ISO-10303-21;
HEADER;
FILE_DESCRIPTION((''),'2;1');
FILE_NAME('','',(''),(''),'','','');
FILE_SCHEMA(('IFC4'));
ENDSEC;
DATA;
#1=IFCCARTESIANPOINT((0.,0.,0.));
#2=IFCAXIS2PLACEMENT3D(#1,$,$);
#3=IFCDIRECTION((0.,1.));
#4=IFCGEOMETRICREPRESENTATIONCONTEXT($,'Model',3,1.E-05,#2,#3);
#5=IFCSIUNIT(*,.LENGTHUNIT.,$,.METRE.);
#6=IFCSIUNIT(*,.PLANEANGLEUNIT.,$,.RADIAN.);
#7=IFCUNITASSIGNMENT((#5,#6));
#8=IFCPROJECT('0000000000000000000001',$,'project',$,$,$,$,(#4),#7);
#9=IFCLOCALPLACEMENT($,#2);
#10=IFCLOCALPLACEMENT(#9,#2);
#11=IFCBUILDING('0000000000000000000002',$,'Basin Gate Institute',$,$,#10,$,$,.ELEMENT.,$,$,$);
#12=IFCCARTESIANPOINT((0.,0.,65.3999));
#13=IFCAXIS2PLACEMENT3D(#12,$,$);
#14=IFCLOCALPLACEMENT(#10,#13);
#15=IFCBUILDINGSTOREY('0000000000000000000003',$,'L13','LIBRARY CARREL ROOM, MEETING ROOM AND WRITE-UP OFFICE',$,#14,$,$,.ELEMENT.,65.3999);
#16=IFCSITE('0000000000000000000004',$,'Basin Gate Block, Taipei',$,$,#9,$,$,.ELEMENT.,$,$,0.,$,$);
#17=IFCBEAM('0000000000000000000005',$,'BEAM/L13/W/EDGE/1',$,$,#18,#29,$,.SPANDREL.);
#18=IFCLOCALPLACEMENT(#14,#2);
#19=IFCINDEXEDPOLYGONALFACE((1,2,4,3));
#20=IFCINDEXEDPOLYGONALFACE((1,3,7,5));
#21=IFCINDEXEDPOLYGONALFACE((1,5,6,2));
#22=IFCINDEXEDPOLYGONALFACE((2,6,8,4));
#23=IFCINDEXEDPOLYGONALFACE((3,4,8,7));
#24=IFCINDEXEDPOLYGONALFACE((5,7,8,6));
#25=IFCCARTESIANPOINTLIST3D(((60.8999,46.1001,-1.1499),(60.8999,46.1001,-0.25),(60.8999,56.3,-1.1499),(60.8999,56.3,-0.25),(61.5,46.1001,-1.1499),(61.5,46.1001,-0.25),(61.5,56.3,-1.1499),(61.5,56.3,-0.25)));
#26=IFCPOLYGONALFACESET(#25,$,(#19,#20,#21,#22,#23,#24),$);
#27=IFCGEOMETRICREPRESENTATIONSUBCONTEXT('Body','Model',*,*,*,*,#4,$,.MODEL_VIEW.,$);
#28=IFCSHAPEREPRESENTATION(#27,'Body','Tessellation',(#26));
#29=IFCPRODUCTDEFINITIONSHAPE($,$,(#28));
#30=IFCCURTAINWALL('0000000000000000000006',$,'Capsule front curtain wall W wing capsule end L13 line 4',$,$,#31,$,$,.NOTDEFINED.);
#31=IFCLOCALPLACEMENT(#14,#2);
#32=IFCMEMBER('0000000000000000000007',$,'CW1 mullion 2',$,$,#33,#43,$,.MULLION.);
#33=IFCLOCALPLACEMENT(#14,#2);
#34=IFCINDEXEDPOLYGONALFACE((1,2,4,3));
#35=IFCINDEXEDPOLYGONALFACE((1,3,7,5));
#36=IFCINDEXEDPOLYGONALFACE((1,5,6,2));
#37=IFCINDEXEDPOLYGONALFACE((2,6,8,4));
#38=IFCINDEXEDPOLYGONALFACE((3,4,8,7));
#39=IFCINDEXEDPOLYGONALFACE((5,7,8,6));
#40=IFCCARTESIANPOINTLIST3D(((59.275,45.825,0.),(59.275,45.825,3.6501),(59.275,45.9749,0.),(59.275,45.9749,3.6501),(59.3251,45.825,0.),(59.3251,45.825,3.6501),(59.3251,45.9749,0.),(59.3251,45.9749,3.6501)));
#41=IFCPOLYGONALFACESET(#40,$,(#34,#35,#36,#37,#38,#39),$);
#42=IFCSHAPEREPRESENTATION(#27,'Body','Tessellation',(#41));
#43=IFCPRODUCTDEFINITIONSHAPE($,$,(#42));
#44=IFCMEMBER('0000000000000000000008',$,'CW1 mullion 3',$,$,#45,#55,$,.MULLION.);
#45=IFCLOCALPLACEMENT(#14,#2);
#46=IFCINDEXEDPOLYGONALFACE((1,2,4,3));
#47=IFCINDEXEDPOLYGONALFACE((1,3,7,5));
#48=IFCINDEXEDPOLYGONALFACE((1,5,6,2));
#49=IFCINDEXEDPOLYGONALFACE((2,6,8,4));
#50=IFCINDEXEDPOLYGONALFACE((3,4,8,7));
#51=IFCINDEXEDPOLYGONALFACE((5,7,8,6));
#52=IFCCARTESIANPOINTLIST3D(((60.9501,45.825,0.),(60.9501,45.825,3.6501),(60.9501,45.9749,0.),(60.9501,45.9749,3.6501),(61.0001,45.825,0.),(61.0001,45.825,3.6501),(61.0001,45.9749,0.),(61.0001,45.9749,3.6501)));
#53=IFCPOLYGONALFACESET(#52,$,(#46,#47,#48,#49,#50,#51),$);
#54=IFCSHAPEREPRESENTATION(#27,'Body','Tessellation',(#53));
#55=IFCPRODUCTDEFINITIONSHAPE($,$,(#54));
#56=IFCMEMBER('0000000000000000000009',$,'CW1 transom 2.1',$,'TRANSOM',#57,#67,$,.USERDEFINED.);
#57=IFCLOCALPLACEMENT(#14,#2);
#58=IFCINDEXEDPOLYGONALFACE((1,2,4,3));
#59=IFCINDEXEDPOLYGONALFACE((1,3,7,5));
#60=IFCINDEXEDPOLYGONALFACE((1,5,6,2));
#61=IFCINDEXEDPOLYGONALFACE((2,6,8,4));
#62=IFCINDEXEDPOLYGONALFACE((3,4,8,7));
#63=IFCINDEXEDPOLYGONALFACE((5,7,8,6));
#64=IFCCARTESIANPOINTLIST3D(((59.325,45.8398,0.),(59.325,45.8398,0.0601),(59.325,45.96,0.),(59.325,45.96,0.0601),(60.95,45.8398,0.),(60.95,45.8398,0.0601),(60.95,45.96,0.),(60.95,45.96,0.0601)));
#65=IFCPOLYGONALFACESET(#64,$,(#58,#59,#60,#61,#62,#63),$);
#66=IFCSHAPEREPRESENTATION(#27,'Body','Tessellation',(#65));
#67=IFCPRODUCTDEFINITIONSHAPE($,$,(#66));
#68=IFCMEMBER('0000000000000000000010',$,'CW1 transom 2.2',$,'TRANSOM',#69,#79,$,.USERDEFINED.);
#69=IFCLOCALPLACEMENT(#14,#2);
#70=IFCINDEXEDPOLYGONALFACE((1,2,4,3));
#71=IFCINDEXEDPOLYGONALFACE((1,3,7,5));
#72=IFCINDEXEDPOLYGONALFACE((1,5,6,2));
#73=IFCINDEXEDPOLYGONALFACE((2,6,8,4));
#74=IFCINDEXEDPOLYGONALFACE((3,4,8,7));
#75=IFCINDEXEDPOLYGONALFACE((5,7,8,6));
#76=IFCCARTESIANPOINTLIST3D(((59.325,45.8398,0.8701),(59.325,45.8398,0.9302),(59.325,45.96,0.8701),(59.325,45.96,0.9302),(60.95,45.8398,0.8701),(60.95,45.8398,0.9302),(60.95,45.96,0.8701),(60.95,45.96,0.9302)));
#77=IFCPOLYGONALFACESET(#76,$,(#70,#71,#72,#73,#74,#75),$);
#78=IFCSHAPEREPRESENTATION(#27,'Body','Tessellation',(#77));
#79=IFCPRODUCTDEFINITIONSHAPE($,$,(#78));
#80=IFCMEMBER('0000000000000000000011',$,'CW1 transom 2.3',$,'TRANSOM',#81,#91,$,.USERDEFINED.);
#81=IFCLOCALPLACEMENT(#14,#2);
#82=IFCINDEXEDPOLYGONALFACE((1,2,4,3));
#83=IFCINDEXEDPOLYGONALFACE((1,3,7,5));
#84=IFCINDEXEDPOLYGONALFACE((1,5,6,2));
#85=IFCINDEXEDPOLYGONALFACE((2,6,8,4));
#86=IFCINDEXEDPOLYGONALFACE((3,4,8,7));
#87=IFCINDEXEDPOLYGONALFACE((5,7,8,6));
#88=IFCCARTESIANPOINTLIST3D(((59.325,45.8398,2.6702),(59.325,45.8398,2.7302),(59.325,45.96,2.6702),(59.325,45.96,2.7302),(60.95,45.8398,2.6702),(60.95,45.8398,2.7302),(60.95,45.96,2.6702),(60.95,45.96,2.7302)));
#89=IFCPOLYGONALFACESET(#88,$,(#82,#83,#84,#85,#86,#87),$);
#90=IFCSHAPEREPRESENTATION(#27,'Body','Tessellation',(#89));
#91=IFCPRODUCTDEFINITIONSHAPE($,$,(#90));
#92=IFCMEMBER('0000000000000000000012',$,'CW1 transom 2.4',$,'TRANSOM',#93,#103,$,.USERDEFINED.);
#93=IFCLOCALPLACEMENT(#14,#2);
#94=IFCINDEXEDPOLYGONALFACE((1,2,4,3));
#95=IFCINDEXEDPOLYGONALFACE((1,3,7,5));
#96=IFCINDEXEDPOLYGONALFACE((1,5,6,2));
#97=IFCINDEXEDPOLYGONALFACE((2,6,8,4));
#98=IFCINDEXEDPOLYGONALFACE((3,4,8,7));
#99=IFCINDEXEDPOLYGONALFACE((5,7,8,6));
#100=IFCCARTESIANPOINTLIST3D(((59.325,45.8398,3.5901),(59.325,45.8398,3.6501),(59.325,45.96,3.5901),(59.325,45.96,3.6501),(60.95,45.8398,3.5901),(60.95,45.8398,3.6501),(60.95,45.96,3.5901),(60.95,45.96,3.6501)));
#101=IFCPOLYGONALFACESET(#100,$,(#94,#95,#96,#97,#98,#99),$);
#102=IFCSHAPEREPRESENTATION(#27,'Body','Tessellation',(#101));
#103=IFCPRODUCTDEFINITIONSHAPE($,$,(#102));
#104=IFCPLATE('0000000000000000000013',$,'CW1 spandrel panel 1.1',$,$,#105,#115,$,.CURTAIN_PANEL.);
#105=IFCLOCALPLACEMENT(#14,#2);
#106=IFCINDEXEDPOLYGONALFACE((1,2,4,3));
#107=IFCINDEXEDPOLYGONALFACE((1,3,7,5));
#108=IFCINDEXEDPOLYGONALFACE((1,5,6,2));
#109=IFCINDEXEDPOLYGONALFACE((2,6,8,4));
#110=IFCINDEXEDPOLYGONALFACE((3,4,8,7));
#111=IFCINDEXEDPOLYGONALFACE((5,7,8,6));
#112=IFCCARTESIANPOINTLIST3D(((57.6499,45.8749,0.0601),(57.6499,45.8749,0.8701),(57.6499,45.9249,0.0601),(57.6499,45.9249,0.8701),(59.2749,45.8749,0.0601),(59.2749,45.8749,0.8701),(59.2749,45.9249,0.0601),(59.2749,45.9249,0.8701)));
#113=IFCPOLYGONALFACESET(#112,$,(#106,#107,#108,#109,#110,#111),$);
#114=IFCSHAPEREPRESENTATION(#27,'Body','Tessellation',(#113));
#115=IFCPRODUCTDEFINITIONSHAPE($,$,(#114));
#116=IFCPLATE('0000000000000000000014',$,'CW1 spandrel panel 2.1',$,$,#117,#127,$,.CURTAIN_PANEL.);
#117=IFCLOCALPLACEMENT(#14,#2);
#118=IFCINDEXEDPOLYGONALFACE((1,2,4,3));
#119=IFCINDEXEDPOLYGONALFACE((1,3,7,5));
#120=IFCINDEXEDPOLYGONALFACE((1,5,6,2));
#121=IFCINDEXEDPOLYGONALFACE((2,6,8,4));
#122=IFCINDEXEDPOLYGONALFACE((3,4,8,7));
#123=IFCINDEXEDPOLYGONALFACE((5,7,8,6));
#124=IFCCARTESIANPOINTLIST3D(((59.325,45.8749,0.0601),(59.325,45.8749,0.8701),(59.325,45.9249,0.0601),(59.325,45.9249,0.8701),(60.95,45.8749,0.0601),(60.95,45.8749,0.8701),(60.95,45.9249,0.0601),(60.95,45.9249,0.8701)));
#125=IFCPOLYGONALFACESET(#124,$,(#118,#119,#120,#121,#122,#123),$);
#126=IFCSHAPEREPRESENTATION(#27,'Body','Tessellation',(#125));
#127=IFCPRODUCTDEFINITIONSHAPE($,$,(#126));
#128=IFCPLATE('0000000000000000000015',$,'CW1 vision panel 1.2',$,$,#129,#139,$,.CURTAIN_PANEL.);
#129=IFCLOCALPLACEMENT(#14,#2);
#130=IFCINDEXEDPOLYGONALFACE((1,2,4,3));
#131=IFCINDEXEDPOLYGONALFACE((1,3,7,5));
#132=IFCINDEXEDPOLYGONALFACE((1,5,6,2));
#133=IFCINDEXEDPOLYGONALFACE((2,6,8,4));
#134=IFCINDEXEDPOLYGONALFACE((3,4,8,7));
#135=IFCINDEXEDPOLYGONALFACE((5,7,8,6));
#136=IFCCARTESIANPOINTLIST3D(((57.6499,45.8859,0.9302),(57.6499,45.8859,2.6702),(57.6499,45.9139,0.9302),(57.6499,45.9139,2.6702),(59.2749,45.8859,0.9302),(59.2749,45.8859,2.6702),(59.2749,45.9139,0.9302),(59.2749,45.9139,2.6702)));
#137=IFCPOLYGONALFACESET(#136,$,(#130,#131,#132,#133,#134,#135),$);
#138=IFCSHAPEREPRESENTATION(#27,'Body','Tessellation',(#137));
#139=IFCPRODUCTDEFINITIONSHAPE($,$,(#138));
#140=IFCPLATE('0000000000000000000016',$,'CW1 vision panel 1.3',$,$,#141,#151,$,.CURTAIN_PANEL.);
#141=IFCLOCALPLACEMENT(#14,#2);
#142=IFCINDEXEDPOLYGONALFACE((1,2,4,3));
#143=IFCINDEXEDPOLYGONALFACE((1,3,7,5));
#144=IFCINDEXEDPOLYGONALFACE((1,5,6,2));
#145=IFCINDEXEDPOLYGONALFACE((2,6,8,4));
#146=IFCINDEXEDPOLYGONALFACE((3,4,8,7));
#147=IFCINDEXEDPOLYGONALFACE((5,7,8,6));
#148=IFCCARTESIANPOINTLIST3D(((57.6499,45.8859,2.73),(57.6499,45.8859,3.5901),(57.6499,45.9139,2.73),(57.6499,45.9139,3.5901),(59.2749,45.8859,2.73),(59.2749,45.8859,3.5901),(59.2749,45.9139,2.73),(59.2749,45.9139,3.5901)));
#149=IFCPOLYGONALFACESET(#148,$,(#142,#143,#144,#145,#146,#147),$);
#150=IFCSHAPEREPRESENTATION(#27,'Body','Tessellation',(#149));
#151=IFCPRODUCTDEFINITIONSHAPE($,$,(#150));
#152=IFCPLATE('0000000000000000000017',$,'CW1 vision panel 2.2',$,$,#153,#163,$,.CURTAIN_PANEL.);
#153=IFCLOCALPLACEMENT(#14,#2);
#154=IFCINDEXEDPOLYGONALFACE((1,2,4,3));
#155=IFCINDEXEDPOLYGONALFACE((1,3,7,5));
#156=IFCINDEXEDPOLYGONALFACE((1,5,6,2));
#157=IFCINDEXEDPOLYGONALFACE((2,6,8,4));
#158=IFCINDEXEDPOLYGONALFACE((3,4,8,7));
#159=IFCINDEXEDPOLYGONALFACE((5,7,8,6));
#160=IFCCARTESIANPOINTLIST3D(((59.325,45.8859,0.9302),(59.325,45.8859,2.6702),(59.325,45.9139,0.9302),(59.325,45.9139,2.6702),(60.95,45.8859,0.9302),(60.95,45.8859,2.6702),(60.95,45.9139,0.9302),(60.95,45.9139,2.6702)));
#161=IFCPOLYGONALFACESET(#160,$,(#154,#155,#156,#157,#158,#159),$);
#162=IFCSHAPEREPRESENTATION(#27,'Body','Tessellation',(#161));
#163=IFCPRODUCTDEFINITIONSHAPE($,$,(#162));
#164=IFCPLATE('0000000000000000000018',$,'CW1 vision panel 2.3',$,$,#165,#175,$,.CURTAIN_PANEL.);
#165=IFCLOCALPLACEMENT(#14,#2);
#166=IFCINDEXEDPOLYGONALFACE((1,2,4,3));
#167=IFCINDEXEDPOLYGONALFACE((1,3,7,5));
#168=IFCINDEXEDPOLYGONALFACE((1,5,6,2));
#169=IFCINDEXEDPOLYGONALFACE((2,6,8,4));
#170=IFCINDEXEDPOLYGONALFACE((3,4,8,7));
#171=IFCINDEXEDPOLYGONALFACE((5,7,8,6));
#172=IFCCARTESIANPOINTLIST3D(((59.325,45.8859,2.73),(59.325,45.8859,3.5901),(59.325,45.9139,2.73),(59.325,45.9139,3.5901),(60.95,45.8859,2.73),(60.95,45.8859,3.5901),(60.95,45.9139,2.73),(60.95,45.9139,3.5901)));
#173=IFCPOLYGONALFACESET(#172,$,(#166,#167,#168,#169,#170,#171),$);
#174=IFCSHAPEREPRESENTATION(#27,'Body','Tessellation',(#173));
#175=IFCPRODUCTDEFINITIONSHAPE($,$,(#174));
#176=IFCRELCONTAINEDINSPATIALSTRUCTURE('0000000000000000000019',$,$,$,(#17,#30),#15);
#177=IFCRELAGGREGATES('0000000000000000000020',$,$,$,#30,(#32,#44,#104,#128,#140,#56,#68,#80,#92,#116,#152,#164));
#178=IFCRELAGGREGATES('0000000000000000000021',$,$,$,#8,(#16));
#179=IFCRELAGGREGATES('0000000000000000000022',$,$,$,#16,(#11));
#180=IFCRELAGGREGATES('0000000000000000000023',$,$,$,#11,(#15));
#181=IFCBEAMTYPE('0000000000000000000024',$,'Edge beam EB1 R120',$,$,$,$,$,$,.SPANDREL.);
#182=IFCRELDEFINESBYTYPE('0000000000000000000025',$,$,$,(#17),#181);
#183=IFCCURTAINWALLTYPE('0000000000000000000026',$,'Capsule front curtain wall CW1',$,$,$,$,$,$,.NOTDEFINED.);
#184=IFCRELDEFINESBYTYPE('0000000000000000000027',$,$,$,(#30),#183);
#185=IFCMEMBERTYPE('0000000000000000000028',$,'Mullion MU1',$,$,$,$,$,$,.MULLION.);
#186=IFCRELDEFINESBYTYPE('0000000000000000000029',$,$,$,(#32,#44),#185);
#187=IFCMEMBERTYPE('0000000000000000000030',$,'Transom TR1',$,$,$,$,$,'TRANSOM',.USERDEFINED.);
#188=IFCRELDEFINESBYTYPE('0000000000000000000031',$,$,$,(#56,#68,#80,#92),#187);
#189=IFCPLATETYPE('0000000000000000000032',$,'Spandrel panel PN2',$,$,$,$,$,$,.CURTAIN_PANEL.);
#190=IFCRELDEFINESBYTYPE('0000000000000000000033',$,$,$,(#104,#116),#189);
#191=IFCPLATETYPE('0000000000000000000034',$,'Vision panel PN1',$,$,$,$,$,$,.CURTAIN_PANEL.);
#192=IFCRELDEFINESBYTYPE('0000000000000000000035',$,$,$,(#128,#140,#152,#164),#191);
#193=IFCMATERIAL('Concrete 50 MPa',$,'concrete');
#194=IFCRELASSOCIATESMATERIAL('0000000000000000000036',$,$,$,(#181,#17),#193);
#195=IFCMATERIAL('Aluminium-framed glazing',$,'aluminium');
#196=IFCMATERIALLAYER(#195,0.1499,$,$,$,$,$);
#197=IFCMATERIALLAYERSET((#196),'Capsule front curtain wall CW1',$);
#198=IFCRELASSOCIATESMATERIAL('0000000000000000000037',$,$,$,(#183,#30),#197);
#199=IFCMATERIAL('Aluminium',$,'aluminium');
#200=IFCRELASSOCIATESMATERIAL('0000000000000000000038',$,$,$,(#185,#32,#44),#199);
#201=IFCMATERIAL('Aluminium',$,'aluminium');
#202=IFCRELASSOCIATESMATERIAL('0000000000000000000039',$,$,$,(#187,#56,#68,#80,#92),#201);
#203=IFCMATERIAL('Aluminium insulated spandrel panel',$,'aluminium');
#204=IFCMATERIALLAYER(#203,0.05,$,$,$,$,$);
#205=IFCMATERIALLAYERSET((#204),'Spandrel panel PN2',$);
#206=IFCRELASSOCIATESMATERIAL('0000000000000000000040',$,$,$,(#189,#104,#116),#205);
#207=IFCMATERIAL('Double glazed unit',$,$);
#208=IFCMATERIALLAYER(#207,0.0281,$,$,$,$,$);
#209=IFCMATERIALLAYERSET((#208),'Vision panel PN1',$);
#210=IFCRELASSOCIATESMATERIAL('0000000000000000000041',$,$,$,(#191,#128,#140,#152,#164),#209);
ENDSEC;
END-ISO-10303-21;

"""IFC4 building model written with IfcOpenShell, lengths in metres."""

from ifc_helpers import new_model, si_unit, direction, frame, origin, origin_2d, place, context, subcontext, project, spatial, rectangle, extrude, material, layer, layer_set, material_profile, profile_set, type_object, element, aggregate, save


model = new_model("IFC4")

# Units and contexts
model_context = context("Model", 3, precision=1e-05, world=origin(), true_north=direction((0.0, 1.0)))
body_context = subcontext(model_context, "Body", "Model", "MODEL_VIEW")
ifc_project = project(units=[si_unit("LENGTHUNIT", "METRE"), si_unit("PLANEANGLEUNIT", "RADIAN")], contexts=[model_context])

# Site, building, storey
site_placement = place(None, origin())
site = spatial("IfcSite", under=ifc_project, at=site_placement, Name="Basin Gate Block, Taipei", CompositionType="ELEMENT", RefElevation=0.0)
building_placement = place(site_placement, origin())
building = spatial("IfcBuilding", under=site, at=building_placement, Name="Basin Gate Institute", CompositionType="ELEMENT")
storey_placement = place(building_placement, frame((0.0, 0.0, 65.3999)))
storey = spatial("IfcBuildingStorey", under=building, at=storey_placement, Name="L13", Description="LIBRARY CARREL ROOM, MEETING ROOM AND WRITE-UP OFFICE", CompositionType="ELEMENT", Elevation=65.3999)

# Beam
ifc_material_1 = material(Name="Concrete 50 MPa", Category="concrete")
ifc_material_profile_1 = material_profile(ifc_material_1, rectangle(XDim=0.6001, YDim=0.8999, at=origin_2d()), Name="Edge beam EB1 600 x 900")
ifc_profile_set_1 = profile_set([ifc_material_profile_1], Name="Concrete 50 MPa")
beam_type = type_object("IfcBeamType", Name="Edge beam EB1 R120", PredefinedType="SPANDREL", material=ifc_profile_set_1)
beam_placement = place(storey_placement, frame((61.2, 46.1001, -0.7), z_axis=(0.0, 1.0, 0.0), x_axis=(-1.0, 0.0, 0.0)))
element("IfcBeam", 1, at=beam_placement, inside=storey, type_object=beam_type, material=ifc_profile_set_1, Name="BEAM/L13/W/EDGE/1", PredefinedType="SPANDREL", context=body_context, shape_type="SweptSolid", body=[
    extrude(rectangle(XDim=0.6001, YDim=0.8999, at=origin_2d()), origin(), (0.0, 0.0, 1.0), 10.2),
])

# Curtain wall, members, plates
ifc_material_2 = material(Name="Aluminium-framed glazing", Category="aluminium")
ifc_layer_1 = layer(ifc_material_2, 0.1499)
ifc_layer_set_1 = layer_set([ifc_layer_1], Name="Capsule front curtain wall CW1")
curtain_wall_type = type_object("IfcCurtainWallType", Name="Capsule front curtain wall CW1", PredefinedType="NOTDEFINED", material=ifc_layer_set_1)
curtain_wall_placement = place(storey_placement, origin())
curtain_wall = element("IfcCurtainWall", 2, at=curtain_wall_placement, inside=storey, type_object=curtain_wall_type, material=ifc_layer_set_1, Name="Capsule front curtain wall W wing capsule end L13 line 4", PredefinedType="NOTDEFINED")
ifc_material_3 = material(Name="Aluminium", Category="aluminium")
ifc_material_profile_2 = material_profile(ifc_material_3, rectangle(XDim=0.1499, YDim=0.05, at=origin_2d()), Name="Mullion MU1 150 x 50")
ifc_profile_set_2 = profile_set([ifc_material_profile_2], Name="Aluminium")
member_type_1 = type_object("IfcMemberType", Name="Mullion MU1", PredefinedType="MULLION", material=ifc_profile_set_2)
member_1_placement = place(storey_placement, frame((59.3, 45.8999, 0.0), z_axis=(0.0, 0.0, 1.0), x_axis=(0.0, 1.0, 0.0)))
member_1 = element("IfcMember", 3, at=member_1_placement, type_object=member_type_1, material=ifc_profile_set_2, Name="CW1 mullion 2", PredefinedType="MULLION", context=body_context, shape_type="SweptSolid", body=[
    extrude(rectangle(XDim=0.1499, YDim=0.05, at=origin_2d()), origin(), (0.0, 0.0, 1.0), 3.6501),
])
member_2_placement = place(storey_placement, frame((60.9751, 45.8999, 0.0), z_axis=(0.0, 0.0, 1.0), x_axis=(0.0, 1.0, 0.0)))
member_2 = element("IfcMember", 4, at=member_2_placement, type_object=member_type_1, material=ifc_profile_set_2, Name="CW1 mullion 3", PredefinedType="MULLION", context=body_context, shape_type="SweptSolid", body=[
    extrude(rectangle(XDim=0.1499, YDim=0.05, at=origin_2d()), origin(), (0.0, 0.0, 1.0), 3.6501),
])
ifc_material_4 = material(Name="Aluminium", Category="aluminium")
ifc_material_profile_3 = material_profile(ifc_material_4, rectangle(XDim=0.1201, YDim=0.0601, at=origin_2d()), Name="Transom TR1 120 x 60")
ifc_profile_set_3 = profile_set([ifc_material_profile_3], Name="Aluminium")
member_type_2 = type_object("IfcMemberType", Name="Transom TR1", ElementType="TRANSOM", PredefinedType="USERDEFINED", material=ifc_profile_set_3)
member_3_placement = place(storey_placement, frame((59.325, 45.8999, 0.03), z_axis=(1.0, 0.0, 0.0), x_axis=(0.0, 1.0, 0.0)))
member_3 = element("IfcMember", 5, at=member_3_placement, type_object=member_type_2, material=ifc_profile_set_3, Name="CW1 transom 2.1", ObjectType="TRANSOM", PredefinedType="USERDEFINED", context=body_context, shape_type="SweptSolid", body=[
    extrude(rectangle(XDim=0.1201, YDim=0.0601, at=origin_2d()), origin(), (0.0, 0.0, 1.0), 1.625),
])
member_4_placement = place(storey_placement, frame((59.325, 45.8999, 0.9001), z_axis=(1.0, 0.0, 0.0), x_axis=(0.0, 1.0, 0.0)))
member_4 = element("IfcMember", 6, at=member_4_placement, type_object=member_type_2, material=ifc_profile_set_3, Name="CW1 transom 2.2", ObjectType="TRANSOM", PredefinedType="USERDEFINED", context=body_context, shape_type="SweptSolid", body=[
    extrude(rectangle(XDim=0.1201, YDim=0.0601, at=origin_2d()), origin(), (0.0, 0.0, 1.0), 1.625),
])
member_5_placement = place(storey_placement, frame((59.325, 45.8999, 2.7002), z_axis=(1.0, 0.0, 0.0), x_axis=(0.0, 1.0, 0.0)))
member_5 = element("IfcMember", 7, at=member_5_placement, type_object=member_type_2, material=ifc_profile_set_3, Name="CW1 transom 2.3", ObjectType="TRANSOM", PredefinedType="USERDEFINED", context=body_context, shape_type="SweptSolid", body=[
    extrude(rectangle(XDim=0.1201, YDim=0.0601, at=origin_2d()), origin(), (0.0, 0.0, 1.0), 1.625),
])
member_6_placement = place(storey_placement, frame((59.325, 45.8999, 3.6201), z_axis=(1.0, 0.0, 0.0), x_axis=(0.0, 1.0, 0.0)))
member_6 = element("IfcMember", 8, at=member_6_placement, type_object=member_type_2, material=ifc_profile_set_3, Name="CW1 transom 2.4", ObjectType="TRANSOM", PredefinedType="USERDEFINED", context=body_context, shape_type="SweptSolid", body=[
    extrude(rectangle(XDim=0.1201, YDim=0.0601, at=origin_2d()), origin(), (0.0, 0.0, 1.0), 1.625),
])
ifc_material_5 = material(Name="Aluminium insulated spandrel panel", Category="aluminium")
ifc_layer_2 = layer(ifc_material_5, 0.05)
ifc_layer_set_2 = layer_set([ifc_layer_2], Name="Spandrel panel PN2")
plate_type_1 = type_object("IfcPlateType", Name="Spandrel panel PN2", PredefinedType="CURTAIN_PANEL", material=ifc_layer_set_2)
plate_1_placement = place(storey_placement, frame((58.4624, 45.8999, 0.0601), z_axis=(0.0, 0.0, 1.0), x_axis=(1.0, 0.0, 0.0)))
plate_1 = element("IfcPlate", 9, at=plate_1_placement, type_object=plate_type_1, material=ifc_layer_set_2, Name="CW1 spandrel panel 1.1", PredefinedType="CURTAIN_PANEL", context=body_context, shape_type="SweptSolid", body=[
    extrude(rectangle(XDim=1.625, YDim=0.05, at=origin_2d()), origin(), (0.0, 0.0, 1.0), 0.8101),
])
plate_2_placement = place(storey_placement, frame((60.1375, 45.8999, 0.0601), z_axis=(0.0, 0.0, 1.0), x_axis=(1.0, 0.0, 0.0)))
plate_2 = element("IfcPlate", 10, at=plate_2_placement, type_object=plate_type_1, material=ifc_layer_set_2, Name="CW1 spandrel panel 2.1", PredefinedType="CURTAIN_PANEL", context=body_context, shape_type="SweptSolid", body=[
    extrude(rectangle(XDim=1.625, YDim=0.05, at=origin_2d()), origin(), (0.0, 0.0, 1.0), 0.8101),
])
ifc_material_6 = material(Name="Double glazed unit")
ifc_layer_3 = layer(ifc_material_6, 0.0281)
ifc_layer_set_3 = layer_set([ifc_layer_3], Name="Vision panel PN1")
plate_type_2 = type_object("IfcPlateType", Name="Vision panel PN1", PredefinedType="CURTAIN_PANEL", material=ifc_layer_set_3)
plate_3_placement = place(storey_placement, frame((58.4624, 45.8999, 0.9302), z_axis=(0.0, 0.0, 1.0), x_axis=(1.0, 0.0, 0.0)))
plate_3 = element("IfcPlate", 11, at=plate_3_placement, type_object=plate_type_2, material=ifc_layer_set_3, Name="CW1 vision panel 1.2", PredefinedType="CURTAIN_PANEL", context=body_context, shape_type="SweptSolid", body=[
    extrude(rectangle(XDim=1.625, YDim=0.0281, at=origin_2d()), origin(), (0.0, 0.0, 1.0), 1.74),
])
plate_4_placement = place(storey_placement, frame((58.4624, 45.8999, 2.73), z_axis=(0.0, 0.0, 1.0), x_axis=(1.0, 0.0, 0.0)))
plate_4 = element("IfcPlate", 12, at=plate_4_placement, type_object=plate_type_2, material=ifc_layer_set_3, Name="CW1 vision panel 1.3", PredefinedType="CURTAIN_PANEL", context=body_context, shape_type="SweptSolid", body=[
    extrude(rectangle(XDim=1.625, YDim=0.0281, at=origin_2d()), origin(), (0.0, 0.0, 1.0), 0.8601),
])
plate_5_placement = place(storey_placement, frame((60.1375, 45.8999, 0.9302), z_axis=(0.0, 0.0, 1.0), x_axis=(1.0, 0.0, 0.0)))
plate_5 = element("IfcPlate", 13, at=plate_5_placement, type_object=plate_type_2, material=ifc_layer_set_3, Name="CW1 vision panel 2.2", PredefinedType="CURTAIN_PANEL", context=body_context, shape_type="SweptSolid", body=[
    extrude(rectangle(XDim=1.625, YDim=0.0281, at=origin_2d()), origin(), (0.0, 0.0, 1.0), 1.74),
])
plate_6_placement = place(storey_placement, frame((60.1375, 45.8999, 2.73), z_axis=(0.0, 0.0, 1.0), x_axis=(1.0, 0.0, 0.0)))
plate_6 = element("IfcPlate", 14, at=plate_6_placement, type_object=plate_type_2, material=ifc_layer_set_3, Name="CW1 vision panel 2.3", PredefinedType="CURTAIN_PANEL", context=body_context, shape_type="SweptSolid", body=[
    extrude(rectangle(XDim=1.625, YDim=0.0281, at=origin_2d()), origin(), (0.0, 0.0, 1.0), 0.8601),
])
aggregate(curtain_wall, [member_1, member_2, plate_1, plate_3, plate_4, member_3, member_4, member_5, member_6, plate_2, plate_5, plate_6])

save(model, "model.ifc")
